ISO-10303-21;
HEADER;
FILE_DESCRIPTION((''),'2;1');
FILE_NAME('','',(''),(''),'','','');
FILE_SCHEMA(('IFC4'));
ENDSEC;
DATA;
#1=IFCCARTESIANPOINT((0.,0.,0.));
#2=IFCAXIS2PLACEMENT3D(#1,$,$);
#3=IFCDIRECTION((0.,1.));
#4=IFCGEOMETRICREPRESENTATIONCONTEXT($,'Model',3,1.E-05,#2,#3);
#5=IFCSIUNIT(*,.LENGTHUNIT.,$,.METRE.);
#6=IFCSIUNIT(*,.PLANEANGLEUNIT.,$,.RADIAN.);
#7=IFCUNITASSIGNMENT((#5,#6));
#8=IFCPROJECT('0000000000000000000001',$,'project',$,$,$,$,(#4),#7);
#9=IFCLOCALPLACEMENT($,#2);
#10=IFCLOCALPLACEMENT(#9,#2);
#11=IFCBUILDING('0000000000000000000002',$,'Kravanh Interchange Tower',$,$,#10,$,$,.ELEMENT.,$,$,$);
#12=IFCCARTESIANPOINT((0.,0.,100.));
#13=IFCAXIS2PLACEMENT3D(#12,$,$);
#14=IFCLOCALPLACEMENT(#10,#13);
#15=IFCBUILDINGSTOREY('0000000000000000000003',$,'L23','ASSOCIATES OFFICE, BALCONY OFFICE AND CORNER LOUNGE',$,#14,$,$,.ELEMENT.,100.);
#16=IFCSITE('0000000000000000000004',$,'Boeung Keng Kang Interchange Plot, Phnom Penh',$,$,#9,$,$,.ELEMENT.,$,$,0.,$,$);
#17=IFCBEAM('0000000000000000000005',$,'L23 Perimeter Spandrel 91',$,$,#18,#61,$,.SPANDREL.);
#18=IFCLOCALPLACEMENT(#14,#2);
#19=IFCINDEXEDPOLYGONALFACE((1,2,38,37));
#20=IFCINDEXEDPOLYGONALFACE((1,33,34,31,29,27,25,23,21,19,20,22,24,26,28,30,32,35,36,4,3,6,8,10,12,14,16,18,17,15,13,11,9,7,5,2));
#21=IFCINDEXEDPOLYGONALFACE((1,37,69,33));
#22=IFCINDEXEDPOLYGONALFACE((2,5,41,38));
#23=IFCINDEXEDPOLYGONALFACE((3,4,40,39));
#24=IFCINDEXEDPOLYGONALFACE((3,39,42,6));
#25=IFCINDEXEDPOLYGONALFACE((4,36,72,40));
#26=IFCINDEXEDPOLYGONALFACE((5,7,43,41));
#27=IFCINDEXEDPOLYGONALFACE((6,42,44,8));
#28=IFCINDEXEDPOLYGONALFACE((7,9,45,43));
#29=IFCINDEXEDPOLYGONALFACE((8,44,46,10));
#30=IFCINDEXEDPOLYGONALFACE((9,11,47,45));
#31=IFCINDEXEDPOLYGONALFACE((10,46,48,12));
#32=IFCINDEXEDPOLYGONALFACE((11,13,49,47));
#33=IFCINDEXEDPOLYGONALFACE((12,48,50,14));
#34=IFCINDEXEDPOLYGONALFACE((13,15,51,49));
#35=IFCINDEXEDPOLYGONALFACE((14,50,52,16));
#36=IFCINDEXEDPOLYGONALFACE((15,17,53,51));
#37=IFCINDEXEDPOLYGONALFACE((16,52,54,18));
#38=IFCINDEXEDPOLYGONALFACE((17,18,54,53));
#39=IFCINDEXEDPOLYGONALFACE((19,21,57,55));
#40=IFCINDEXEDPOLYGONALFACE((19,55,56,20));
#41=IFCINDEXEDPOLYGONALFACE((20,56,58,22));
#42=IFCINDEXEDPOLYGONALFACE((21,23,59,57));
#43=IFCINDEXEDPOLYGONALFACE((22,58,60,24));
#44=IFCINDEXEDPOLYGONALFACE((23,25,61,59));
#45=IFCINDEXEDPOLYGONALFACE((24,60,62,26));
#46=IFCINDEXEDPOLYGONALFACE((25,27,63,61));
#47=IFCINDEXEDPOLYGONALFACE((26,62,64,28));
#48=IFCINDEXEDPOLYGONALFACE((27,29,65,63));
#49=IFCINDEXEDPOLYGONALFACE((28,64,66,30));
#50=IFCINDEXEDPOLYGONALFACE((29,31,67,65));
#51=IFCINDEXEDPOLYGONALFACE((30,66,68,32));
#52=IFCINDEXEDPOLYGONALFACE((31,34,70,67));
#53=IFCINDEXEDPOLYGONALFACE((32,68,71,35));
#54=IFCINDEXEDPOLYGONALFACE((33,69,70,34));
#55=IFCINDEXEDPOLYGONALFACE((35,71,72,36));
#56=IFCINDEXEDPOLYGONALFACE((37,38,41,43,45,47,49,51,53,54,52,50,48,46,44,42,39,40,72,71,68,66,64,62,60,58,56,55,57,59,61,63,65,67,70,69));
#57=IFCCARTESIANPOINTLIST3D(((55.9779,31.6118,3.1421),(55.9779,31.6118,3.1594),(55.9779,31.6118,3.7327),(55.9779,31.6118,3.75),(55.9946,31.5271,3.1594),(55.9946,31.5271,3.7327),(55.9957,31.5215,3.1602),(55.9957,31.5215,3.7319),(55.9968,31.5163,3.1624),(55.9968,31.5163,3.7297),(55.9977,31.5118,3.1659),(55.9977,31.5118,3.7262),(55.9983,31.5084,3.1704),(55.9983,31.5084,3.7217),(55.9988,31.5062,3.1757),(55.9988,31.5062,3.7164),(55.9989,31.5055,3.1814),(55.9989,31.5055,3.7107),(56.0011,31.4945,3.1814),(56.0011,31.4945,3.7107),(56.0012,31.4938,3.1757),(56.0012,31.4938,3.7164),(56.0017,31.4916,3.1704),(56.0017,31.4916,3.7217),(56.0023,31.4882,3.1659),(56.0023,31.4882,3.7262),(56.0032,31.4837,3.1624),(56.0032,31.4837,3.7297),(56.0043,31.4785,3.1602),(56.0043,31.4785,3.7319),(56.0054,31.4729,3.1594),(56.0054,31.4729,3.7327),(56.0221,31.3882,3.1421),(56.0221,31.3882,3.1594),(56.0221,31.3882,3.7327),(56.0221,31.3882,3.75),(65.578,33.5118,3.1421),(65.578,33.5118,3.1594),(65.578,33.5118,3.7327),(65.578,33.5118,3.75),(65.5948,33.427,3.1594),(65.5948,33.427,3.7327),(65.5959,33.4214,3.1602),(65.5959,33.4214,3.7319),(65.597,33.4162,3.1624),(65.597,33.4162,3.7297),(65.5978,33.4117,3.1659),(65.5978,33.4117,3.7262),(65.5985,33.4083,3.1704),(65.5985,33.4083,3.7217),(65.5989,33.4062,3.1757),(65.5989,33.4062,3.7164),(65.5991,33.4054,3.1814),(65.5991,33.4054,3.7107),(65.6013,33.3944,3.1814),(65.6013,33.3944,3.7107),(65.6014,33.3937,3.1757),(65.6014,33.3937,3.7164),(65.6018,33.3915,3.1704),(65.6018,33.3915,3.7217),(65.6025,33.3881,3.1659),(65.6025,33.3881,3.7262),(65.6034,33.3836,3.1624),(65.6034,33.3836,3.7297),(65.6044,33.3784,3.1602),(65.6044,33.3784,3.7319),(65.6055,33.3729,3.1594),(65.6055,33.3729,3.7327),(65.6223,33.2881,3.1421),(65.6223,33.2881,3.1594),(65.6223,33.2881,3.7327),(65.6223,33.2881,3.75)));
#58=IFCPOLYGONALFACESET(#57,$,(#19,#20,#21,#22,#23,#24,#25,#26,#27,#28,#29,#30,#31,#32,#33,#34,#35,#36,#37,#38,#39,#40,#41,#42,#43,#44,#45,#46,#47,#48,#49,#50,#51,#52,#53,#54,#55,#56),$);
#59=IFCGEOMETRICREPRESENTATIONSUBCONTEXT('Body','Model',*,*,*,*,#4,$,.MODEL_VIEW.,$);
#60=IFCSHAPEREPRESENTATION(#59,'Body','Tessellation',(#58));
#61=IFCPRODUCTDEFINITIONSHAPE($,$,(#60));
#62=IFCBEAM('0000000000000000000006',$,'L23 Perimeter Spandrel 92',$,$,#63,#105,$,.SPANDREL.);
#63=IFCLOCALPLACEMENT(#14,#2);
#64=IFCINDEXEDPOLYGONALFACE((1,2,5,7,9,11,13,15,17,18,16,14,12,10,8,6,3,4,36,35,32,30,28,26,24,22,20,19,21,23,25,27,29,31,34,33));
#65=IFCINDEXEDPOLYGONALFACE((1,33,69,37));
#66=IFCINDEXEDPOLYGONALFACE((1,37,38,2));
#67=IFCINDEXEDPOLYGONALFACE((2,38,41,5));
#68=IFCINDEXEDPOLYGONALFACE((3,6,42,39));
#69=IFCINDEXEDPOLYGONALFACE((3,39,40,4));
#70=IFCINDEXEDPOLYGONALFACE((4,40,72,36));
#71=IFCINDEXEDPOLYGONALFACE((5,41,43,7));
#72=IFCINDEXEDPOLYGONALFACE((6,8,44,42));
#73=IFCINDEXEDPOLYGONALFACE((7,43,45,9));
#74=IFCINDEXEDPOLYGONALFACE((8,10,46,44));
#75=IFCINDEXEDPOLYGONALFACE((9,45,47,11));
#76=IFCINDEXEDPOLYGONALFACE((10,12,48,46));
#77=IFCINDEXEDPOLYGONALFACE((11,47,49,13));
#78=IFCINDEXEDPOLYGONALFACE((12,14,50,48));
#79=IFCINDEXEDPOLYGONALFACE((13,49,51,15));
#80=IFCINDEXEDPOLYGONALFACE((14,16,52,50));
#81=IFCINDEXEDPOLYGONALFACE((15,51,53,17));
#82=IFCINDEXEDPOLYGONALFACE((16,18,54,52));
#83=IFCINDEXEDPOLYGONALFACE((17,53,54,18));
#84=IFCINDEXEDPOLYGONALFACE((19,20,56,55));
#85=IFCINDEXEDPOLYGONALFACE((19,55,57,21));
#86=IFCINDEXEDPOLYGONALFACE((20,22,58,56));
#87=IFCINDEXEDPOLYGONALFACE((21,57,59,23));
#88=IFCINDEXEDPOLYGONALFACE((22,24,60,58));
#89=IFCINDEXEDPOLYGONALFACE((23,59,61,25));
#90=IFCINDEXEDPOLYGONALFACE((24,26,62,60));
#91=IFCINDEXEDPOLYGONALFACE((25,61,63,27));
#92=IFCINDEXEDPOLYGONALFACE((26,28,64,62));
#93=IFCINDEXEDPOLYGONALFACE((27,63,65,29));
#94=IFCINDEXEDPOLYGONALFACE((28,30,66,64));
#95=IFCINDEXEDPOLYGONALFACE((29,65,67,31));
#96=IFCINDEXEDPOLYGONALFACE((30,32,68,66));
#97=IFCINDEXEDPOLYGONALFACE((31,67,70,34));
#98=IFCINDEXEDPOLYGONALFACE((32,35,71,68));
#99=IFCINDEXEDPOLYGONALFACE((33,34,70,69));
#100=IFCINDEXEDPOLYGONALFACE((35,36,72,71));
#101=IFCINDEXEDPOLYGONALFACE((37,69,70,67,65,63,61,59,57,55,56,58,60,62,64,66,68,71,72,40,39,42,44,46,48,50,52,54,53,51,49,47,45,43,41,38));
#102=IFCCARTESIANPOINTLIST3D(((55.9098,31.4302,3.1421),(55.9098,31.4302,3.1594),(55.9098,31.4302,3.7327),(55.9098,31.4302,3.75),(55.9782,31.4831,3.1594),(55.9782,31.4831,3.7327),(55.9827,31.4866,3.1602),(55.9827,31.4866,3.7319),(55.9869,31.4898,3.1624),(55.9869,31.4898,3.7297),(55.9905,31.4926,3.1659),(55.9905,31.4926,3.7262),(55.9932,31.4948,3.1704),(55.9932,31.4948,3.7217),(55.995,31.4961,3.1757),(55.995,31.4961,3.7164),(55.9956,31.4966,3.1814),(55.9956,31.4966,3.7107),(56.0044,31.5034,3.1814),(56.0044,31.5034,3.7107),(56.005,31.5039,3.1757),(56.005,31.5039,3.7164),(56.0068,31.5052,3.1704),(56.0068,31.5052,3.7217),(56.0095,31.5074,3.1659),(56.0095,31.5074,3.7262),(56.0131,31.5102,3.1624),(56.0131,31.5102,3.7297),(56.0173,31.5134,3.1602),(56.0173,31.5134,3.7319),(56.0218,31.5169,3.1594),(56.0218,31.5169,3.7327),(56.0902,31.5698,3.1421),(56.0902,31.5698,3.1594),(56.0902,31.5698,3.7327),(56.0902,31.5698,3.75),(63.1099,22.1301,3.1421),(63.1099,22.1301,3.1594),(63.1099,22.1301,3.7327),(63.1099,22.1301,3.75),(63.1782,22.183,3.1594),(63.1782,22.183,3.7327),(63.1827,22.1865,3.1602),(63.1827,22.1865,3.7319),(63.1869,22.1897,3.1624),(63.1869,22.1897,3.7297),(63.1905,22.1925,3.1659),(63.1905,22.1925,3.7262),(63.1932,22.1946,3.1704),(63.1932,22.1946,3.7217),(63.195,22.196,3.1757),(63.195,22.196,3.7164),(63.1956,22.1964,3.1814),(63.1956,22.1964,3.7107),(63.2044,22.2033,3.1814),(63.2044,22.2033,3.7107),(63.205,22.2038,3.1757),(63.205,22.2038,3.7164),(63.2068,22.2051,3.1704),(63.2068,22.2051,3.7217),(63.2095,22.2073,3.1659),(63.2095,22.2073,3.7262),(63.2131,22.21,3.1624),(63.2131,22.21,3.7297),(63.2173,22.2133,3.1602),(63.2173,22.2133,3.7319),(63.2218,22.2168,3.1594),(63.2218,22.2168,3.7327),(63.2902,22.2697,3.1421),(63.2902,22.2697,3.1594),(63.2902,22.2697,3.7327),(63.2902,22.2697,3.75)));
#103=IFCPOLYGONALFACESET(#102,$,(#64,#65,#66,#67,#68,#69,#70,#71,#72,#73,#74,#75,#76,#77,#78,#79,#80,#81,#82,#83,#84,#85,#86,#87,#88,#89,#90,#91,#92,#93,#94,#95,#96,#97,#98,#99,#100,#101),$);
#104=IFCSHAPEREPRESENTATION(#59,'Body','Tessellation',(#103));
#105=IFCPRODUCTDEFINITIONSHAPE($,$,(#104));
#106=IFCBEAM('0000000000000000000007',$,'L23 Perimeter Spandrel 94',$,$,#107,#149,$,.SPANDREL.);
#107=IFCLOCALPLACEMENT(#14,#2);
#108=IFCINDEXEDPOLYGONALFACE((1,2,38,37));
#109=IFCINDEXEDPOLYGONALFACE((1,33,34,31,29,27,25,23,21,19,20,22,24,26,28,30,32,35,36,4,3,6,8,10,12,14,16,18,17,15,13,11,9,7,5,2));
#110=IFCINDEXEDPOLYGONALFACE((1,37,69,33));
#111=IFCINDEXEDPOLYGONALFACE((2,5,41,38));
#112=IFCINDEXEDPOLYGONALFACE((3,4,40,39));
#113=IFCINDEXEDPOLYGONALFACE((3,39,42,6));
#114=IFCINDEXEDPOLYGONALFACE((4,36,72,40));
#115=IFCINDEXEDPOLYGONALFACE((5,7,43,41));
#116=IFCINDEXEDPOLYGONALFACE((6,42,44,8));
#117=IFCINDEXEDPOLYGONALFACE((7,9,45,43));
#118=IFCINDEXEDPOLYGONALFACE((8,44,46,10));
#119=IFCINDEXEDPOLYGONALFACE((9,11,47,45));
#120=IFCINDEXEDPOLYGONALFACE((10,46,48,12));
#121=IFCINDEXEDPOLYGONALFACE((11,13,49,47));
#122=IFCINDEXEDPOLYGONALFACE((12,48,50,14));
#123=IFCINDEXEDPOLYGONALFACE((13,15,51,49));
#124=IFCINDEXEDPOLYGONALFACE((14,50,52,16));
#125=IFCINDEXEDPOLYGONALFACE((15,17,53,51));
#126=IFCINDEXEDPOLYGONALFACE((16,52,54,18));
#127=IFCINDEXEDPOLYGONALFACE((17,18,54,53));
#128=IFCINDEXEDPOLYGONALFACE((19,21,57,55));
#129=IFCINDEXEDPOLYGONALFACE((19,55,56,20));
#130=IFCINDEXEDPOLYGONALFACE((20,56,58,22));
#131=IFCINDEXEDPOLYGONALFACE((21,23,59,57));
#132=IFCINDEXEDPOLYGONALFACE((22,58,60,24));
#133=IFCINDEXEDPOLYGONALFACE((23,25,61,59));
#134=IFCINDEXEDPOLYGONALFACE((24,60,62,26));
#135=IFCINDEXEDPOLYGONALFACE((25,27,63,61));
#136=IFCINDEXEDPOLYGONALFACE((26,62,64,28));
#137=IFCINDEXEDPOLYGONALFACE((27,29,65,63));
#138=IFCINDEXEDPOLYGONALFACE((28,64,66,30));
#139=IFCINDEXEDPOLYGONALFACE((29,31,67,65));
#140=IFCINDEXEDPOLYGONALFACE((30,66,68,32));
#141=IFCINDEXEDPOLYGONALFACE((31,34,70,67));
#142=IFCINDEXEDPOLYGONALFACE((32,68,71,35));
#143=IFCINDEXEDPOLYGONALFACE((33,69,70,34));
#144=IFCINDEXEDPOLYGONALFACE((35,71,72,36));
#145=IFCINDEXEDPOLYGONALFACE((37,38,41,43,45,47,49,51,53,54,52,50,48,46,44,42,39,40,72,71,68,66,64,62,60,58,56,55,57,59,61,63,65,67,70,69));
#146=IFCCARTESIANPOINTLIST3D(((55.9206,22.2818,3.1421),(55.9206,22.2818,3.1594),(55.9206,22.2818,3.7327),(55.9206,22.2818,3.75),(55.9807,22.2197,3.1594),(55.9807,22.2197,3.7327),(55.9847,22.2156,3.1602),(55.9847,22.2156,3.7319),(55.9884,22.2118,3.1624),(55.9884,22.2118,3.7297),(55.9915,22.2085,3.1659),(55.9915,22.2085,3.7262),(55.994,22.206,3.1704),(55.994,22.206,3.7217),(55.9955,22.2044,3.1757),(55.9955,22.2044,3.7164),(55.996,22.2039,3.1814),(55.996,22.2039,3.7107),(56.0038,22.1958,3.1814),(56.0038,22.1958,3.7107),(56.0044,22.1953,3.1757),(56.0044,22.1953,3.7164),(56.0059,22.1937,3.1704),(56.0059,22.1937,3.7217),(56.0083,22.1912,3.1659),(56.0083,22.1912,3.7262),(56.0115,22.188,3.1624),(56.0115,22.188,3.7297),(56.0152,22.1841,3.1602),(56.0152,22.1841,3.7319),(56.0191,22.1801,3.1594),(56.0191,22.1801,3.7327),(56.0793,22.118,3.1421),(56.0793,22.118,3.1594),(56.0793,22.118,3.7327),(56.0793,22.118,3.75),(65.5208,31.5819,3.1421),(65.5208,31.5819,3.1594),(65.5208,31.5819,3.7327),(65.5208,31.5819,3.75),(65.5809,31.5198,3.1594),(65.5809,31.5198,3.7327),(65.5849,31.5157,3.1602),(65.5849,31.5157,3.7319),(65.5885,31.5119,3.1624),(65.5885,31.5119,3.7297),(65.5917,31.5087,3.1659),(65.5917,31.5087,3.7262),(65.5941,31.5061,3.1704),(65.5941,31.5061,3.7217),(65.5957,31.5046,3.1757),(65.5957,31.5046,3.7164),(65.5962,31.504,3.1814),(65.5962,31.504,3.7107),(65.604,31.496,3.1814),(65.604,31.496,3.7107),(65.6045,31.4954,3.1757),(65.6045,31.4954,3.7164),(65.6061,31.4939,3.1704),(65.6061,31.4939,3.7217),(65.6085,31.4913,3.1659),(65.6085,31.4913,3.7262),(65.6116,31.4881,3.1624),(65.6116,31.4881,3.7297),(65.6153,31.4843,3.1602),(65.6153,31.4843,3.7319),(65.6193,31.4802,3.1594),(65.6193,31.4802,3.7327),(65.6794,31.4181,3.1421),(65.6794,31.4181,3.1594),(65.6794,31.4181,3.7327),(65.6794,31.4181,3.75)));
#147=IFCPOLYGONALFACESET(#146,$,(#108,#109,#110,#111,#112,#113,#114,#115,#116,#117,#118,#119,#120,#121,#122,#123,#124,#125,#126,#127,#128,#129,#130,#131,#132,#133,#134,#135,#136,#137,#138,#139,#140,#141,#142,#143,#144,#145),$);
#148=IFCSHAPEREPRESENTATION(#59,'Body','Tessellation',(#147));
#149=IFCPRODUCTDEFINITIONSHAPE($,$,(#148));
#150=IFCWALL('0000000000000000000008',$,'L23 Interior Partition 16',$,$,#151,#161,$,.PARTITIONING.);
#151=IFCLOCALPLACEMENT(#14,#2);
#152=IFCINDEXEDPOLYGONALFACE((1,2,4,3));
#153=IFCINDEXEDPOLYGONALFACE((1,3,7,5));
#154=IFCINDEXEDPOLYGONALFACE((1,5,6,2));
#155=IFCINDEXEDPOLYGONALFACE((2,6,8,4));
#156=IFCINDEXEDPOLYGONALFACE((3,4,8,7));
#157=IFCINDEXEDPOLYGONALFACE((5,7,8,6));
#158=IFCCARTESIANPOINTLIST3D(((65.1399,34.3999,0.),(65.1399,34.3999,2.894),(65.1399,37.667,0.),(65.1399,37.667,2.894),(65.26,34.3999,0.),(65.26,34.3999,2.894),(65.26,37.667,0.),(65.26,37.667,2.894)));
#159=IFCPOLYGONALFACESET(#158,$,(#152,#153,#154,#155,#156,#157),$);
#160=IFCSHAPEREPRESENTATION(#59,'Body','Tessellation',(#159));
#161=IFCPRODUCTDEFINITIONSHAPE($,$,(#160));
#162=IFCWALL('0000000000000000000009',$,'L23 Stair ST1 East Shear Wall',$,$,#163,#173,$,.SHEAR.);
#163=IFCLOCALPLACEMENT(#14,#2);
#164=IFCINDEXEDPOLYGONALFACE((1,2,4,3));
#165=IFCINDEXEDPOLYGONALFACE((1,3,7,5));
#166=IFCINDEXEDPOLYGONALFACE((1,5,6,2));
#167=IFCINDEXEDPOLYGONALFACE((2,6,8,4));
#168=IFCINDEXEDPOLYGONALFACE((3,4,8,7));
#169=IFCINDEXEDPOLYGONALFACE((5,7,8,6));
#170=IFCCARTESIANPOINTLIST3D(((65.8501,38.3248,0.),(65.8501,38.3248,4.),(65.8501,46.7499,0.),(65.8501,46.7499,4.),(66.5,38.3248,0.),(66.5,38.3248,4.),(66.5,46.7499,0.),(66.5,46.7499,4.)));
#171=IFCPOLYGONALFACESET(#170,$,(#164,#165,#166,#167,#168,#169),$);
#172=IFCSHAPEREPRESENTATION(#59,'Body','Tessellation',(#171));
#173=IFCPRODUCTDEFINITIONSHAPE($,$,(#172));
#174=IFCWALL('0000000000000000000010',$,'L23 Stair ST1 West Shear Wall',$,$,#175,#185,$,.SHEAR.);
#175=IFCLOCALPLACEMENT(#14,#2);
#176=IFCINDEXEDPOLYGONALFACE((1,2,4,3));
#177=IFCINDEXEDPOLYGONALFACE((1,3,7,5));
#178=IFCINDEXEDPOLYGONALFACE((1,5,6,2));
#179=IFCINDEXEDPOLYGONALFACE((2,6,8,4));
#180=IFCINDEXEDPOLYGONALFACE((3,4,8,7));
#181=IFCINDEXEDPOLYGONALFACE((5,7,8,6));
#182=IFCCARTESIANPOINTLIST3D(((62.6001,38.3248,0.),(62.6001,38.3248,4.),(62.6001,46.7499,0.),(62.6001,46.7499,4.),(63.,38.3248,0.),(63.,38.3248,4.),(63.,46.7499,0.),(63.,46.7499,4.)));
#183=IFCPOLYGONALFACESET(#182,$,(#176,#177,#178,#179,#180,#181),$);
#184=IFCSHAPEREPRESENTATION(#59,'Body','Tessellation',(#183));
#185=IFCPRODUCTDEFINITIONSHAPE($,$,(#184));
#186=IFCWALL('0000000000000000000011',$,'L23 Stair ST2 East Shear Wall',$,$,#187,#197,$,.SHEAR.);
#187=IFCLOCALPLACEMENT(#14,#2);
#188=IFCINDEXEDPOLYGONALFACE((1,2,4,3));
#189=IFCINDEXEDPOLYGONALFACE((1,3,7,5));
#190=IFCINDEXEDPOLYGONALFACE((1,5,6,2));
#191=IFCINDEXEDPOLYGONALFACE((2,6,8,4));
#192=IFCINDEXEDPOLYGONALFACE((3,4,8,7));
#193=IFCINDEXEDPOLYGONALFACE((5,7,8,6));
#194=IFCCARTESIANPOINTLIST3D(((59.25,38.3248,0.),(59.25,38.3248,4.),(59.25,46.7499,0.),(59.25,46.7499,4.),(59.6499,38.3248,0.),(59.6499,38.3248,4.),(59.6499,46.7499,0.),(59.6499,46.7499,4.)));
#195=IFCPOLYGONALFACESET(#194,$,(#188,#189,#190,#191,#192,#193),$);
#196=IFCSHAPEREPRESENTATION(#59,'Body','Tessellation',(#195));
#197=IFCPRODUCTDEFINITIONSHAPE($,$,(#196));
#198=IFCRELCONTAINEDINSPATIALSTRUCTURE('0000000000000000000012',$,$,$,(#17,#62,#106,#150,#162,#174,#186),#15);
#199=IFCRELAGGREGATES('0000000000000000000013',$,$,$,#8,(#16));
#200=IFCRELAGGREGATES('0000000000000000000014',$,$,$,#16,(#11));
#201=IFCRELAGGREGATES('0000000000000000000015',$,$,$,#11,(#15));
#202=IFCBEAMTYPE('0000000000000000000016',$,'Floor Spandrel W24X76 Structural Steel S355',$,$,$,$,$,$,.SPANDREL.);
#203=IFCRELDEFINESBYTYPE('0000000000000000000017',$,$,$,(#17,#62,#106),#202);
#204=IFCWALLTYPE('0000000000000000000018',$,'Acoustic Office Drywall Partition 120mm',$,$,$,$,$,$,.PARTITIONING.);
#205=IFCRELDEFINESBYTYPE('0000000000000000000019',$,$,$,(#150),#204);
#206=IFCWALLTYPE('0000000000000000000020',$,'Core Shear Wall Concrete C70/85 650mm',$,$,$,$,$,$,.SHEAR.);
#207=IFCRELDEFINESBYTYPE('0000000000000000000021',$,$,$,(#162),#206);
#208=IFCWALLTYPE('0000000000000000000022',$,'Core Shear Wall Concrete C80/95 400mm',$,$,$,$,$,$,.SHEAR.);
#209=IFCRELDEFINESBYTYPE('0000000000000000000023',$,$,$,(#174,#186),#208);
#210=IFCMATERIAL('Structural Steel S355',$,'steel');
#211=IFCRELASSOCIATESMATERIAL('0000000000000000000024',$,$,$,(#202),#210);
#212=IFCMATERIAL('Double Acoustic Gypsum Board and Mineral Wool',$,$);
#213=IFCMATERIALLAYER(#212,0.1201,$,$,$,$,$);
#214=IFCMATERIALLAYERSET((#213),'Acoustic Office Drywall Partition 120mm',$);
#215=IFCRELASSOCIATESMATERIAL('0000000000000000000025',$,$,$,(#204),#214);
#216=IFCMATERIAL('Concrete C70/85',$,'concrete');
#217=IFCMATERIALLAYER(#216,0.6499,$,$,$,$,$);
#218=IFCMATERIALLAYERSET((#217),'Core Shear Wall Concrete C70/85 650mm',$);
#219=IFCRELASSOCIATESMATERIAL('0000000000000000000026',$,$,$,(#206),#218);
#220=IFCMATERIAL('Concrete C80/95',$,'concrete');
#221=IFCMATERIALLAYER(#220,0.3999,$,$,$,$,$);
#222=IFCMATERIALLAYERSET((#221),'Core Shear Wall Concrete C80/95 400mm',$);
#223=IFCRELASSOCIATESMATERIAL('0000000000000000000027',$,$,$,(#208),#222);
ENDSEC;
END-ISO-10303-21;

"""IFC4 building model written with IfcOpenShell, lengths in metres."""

from ifc_helpers import new_model, si_unit, direction, frame, frame_2d, origin, origin_2d, place, context, subcontext, project, spatial, rectangle, i_section, extrude, material, layer, layer_set, material_profile, profile_set, type_object, element, save


model = new_model("IFC4")

# Units and contexts
model_context = context("Model", 3, precision=1e-05, world=origin(), true_north=direction((0.0, 1.0)))
body_context = subcontext(model_context, "Body", "Model", "MODEL_VIEW")
ifc_project = project(units=[si_unit("LENGTHUNIT", "METRE"), si_unit("PLANEANGLEUNIT", "RADIAN")], contexts=[model_context])

# Site, building, storey
site_placement = place(None, origin())
site = spatial("IfcSite", under=ifc_project, at=site_placement, Name="Boeung Keng Kang Interchange Plot, Phnom Penh", CompositionType="ELEMENT", RefElevation=0.0)
building_placement = place(site_placement, origin())
building = spatial("IfcBuilding", under=site, at=building_placement, Name="Kravanh Interchange Tower", CompositionType="ELEMENT")
storey_placement = place(building_placement, frame((0.0, 0.0, 100.0)))
storey = spatial("IfcBuildingStorey", under=building, at=storey_placement, Name="L23", Description="ASSOCIATES OFFICE, BALCONY OFFICE AND CORNER LOUNGE", CompositionType="ELEMENT", Elevation=100.0)

# Beams
ifc_material_1 = material(Name="Structural Steel S355", Category="steel")
ifc_material_profile_1 = material_profile(ifc_material_1, i_section(OverallWidth=0.228, OverallDepth=0.6079, WebThickness=0.0112, FlangeThickness=0.0173, FilletRadius=0.022, at=origin_2d()), Name="W24X76")
ifc_profile_set_1 = profile_set([ifc_material_profile_1], Name="Structural Steel S355")
beam_type_1 = type_object("IfcBeamType", Name="Floor Spandrel W24X76 Structural Steel S355", PredefinedType="SPANDREL", material=ifc_profile_set_1)
beam_1_placement = place(storey_placement, frame((56.0, 31.5, 3.446), z_axis=(0.980974, 0.194139, 0.0), x_axis=(-0.194139, 0.980974, 0.0)))
element("IfcBeam", 1, at=beam_1_placement, inside=storey, type_object=beam_type_1, Name="L23 Perimeter Spandrel 91", PredefinedType="SPANDREL", context=body_context, shape_type="SweptSolid", body=[
    extrude(i_section(OverallWidth=0.228, OverallDepth=0.6079, WebThickness=0.0112, FlangeThickness=0.0173, FilletRadius=0.022, at=origin_2d()), origin(), (0.0, 0.0, 1.0), 9.7864),
])
beam_2_placement = place(storey_placement, frame((56.0, 31.5, 3.446), z_axis=(0.612169, -0.790727, 0.0), x_axis=(0.790727, 0.612169, 0.0)))
element("IfcBeam", 2, at=beam_2_placement, inside=storey, type_object=beam_type_1, Name="L23 Perimeter Spandrel 92", PredefinedType="SPANDREL", context=body_context, shape_type="SweptSolid", body=[
    extrude(i_section(OverallWidth=0.228, OverallDepth=0.6079, WebThickness=0.0112, FlangeThickness=0.0173, FilletRadius=0.022, at=origin_2d()), origin(), (0.0, 0.0, 1.0), 11.7615),
])
beam_3_placement = place(storey_placement, frame((65.6001, 31.5, 3.446), z_axis=(-0.718242, -0.695793, 0.0), x_axis=(0.695793, -0.718242, 0.0)))
element("IfcBeam", 3, at=beam_3_placement, inside=storey, type_object=beam_type_1, Name="L23 Perimeter Spandrel 94", PredefinedType="SPANDREL", context=body_context, shape_type="SweptSolid", body=[
    extrude(i_section(OverallWidth=0.228, OverallDepth=0.6079, WebThickness=0.0112, FlangeThickness=0.0173, FilletRadius=0.022, at=origin_2d()), origin(), (0.0, 0.0, 1.0), 13.3662),
])

# Walls
ifc_material_2 = material(Name="Double Acoustic Gypsum Board and Mineral Wool")
ifc_layer_1 = layer(ifc_material_2, 0.1201)
ifc_layer_set_1 = layer_set([ifc_layer_1], Name="Acoustic Office Drywall Partition 120mm")
wall_type_1 = type_object("IfcWallType", Name="Acoustic Office Drywall Partition 120mm", PredefinedType="PARTITIONING", material=ifc_layer_set_1)
wall_1_placement = place(storey_placement, frame((65.2, 34.3999, 0.0), z_axis=(0.0, 0.0, 1.0), x_axis=(0.0, 1.0, 0.0)))
element("IfcWall", 4, at=wall_1_placement, inside=storey, type_object=wall_type_1, Name="L23 Interior Partition 16", PredefinedType="PARTITIONING", context=body_context, shape_type="SweptSolid", body=[
    extrude(rectangle(XDim=3.2671, YDim=0.1201, at=frame_2d((1.6335, 0.0))), origin(), (0.0, 0.0, 1.0), 2.894),
])
ifc_material_3 = material(Name="Concrete C70/85", Category="concrete")
ifc_layer_2 = layer(ifc_material_3, 0.6499)
ifc_layer_set_2 = layer_set([ifc_layer_2], Name="Core Shear Wall Concrete C70/85 650mm")
wall_type_2 = type_object("IfcWallType", Name="Core Shear Wall Concrete C70/85 650mm", PredefinedType="SHEAR", material=ifc_layer_set_2)
wall_2_placement = place(storey_placement, frame((66.175, 38.325, 0.0), z_axis=(0.0, 0.0, 1.0), x_axis=(0.0, 1.0, 0.0)))
element("IfcWall", 5, at=wall_2_placement, inside=storey, type_object=wall_type_2, Name="L23 Stair ST1 East Shear Wall", PredefinedType="SHEAR", context=body_context, shape_type="SweptSolid", body=[
    extrude(rectangle(XDim=8.425, YDim=0.6499, at=frame_2d((4.2124, 0.0))), origin(), (0.0, 0.0, 1.0), 4.0),
])
ifc_material_4 = material(Name="Concrete C80/95", Category="concrete")
ifc_layer_3 = layer(ifc_material_4, 0.3999)
ifc_layer_set_3 = layer_set([ifc_layer_3], Name="Core Shear Wall Concrete C80/95 400mm")
wall_type_3 = type_object("IfcWallType", Name="Core Shear Wall Concrete C80/95 400mm", PredefinedType="SHEAR", material=ifc_layer_set_3)
for number, where, z_axis, x_axis, name in (
    (6, (62.8, 38.325, 0.0), (0.0, 0.0, 1.0), (0.0, 1.0, 0.0), "L23 Stair ST1 West Shear Wall"),
    (7, (59.45, 38.325, 0.0), (0.0, 0.0, 1.0), (0.0, 1.0, 0.0), "L23 Stair ST2 East Shear Wall"),
):
    element("IfcWall", number, at=place(storey_placement, frame(where, z_axis=z_axis, x_axis=x_axis)), inside=storey, type_object=wall_type_3, Name=name, PredefinedType="SHEAR", context=body_context, shape_type="SweptSolid", body=[
        extrude(rectangle(XDim=8.425, YDim=0.3999, at=frame_2d((4.2124, 0.0))), origin(), (0.0, 0.0, 1.0), 4.0),
    ])

save(model, "model.ifc")
